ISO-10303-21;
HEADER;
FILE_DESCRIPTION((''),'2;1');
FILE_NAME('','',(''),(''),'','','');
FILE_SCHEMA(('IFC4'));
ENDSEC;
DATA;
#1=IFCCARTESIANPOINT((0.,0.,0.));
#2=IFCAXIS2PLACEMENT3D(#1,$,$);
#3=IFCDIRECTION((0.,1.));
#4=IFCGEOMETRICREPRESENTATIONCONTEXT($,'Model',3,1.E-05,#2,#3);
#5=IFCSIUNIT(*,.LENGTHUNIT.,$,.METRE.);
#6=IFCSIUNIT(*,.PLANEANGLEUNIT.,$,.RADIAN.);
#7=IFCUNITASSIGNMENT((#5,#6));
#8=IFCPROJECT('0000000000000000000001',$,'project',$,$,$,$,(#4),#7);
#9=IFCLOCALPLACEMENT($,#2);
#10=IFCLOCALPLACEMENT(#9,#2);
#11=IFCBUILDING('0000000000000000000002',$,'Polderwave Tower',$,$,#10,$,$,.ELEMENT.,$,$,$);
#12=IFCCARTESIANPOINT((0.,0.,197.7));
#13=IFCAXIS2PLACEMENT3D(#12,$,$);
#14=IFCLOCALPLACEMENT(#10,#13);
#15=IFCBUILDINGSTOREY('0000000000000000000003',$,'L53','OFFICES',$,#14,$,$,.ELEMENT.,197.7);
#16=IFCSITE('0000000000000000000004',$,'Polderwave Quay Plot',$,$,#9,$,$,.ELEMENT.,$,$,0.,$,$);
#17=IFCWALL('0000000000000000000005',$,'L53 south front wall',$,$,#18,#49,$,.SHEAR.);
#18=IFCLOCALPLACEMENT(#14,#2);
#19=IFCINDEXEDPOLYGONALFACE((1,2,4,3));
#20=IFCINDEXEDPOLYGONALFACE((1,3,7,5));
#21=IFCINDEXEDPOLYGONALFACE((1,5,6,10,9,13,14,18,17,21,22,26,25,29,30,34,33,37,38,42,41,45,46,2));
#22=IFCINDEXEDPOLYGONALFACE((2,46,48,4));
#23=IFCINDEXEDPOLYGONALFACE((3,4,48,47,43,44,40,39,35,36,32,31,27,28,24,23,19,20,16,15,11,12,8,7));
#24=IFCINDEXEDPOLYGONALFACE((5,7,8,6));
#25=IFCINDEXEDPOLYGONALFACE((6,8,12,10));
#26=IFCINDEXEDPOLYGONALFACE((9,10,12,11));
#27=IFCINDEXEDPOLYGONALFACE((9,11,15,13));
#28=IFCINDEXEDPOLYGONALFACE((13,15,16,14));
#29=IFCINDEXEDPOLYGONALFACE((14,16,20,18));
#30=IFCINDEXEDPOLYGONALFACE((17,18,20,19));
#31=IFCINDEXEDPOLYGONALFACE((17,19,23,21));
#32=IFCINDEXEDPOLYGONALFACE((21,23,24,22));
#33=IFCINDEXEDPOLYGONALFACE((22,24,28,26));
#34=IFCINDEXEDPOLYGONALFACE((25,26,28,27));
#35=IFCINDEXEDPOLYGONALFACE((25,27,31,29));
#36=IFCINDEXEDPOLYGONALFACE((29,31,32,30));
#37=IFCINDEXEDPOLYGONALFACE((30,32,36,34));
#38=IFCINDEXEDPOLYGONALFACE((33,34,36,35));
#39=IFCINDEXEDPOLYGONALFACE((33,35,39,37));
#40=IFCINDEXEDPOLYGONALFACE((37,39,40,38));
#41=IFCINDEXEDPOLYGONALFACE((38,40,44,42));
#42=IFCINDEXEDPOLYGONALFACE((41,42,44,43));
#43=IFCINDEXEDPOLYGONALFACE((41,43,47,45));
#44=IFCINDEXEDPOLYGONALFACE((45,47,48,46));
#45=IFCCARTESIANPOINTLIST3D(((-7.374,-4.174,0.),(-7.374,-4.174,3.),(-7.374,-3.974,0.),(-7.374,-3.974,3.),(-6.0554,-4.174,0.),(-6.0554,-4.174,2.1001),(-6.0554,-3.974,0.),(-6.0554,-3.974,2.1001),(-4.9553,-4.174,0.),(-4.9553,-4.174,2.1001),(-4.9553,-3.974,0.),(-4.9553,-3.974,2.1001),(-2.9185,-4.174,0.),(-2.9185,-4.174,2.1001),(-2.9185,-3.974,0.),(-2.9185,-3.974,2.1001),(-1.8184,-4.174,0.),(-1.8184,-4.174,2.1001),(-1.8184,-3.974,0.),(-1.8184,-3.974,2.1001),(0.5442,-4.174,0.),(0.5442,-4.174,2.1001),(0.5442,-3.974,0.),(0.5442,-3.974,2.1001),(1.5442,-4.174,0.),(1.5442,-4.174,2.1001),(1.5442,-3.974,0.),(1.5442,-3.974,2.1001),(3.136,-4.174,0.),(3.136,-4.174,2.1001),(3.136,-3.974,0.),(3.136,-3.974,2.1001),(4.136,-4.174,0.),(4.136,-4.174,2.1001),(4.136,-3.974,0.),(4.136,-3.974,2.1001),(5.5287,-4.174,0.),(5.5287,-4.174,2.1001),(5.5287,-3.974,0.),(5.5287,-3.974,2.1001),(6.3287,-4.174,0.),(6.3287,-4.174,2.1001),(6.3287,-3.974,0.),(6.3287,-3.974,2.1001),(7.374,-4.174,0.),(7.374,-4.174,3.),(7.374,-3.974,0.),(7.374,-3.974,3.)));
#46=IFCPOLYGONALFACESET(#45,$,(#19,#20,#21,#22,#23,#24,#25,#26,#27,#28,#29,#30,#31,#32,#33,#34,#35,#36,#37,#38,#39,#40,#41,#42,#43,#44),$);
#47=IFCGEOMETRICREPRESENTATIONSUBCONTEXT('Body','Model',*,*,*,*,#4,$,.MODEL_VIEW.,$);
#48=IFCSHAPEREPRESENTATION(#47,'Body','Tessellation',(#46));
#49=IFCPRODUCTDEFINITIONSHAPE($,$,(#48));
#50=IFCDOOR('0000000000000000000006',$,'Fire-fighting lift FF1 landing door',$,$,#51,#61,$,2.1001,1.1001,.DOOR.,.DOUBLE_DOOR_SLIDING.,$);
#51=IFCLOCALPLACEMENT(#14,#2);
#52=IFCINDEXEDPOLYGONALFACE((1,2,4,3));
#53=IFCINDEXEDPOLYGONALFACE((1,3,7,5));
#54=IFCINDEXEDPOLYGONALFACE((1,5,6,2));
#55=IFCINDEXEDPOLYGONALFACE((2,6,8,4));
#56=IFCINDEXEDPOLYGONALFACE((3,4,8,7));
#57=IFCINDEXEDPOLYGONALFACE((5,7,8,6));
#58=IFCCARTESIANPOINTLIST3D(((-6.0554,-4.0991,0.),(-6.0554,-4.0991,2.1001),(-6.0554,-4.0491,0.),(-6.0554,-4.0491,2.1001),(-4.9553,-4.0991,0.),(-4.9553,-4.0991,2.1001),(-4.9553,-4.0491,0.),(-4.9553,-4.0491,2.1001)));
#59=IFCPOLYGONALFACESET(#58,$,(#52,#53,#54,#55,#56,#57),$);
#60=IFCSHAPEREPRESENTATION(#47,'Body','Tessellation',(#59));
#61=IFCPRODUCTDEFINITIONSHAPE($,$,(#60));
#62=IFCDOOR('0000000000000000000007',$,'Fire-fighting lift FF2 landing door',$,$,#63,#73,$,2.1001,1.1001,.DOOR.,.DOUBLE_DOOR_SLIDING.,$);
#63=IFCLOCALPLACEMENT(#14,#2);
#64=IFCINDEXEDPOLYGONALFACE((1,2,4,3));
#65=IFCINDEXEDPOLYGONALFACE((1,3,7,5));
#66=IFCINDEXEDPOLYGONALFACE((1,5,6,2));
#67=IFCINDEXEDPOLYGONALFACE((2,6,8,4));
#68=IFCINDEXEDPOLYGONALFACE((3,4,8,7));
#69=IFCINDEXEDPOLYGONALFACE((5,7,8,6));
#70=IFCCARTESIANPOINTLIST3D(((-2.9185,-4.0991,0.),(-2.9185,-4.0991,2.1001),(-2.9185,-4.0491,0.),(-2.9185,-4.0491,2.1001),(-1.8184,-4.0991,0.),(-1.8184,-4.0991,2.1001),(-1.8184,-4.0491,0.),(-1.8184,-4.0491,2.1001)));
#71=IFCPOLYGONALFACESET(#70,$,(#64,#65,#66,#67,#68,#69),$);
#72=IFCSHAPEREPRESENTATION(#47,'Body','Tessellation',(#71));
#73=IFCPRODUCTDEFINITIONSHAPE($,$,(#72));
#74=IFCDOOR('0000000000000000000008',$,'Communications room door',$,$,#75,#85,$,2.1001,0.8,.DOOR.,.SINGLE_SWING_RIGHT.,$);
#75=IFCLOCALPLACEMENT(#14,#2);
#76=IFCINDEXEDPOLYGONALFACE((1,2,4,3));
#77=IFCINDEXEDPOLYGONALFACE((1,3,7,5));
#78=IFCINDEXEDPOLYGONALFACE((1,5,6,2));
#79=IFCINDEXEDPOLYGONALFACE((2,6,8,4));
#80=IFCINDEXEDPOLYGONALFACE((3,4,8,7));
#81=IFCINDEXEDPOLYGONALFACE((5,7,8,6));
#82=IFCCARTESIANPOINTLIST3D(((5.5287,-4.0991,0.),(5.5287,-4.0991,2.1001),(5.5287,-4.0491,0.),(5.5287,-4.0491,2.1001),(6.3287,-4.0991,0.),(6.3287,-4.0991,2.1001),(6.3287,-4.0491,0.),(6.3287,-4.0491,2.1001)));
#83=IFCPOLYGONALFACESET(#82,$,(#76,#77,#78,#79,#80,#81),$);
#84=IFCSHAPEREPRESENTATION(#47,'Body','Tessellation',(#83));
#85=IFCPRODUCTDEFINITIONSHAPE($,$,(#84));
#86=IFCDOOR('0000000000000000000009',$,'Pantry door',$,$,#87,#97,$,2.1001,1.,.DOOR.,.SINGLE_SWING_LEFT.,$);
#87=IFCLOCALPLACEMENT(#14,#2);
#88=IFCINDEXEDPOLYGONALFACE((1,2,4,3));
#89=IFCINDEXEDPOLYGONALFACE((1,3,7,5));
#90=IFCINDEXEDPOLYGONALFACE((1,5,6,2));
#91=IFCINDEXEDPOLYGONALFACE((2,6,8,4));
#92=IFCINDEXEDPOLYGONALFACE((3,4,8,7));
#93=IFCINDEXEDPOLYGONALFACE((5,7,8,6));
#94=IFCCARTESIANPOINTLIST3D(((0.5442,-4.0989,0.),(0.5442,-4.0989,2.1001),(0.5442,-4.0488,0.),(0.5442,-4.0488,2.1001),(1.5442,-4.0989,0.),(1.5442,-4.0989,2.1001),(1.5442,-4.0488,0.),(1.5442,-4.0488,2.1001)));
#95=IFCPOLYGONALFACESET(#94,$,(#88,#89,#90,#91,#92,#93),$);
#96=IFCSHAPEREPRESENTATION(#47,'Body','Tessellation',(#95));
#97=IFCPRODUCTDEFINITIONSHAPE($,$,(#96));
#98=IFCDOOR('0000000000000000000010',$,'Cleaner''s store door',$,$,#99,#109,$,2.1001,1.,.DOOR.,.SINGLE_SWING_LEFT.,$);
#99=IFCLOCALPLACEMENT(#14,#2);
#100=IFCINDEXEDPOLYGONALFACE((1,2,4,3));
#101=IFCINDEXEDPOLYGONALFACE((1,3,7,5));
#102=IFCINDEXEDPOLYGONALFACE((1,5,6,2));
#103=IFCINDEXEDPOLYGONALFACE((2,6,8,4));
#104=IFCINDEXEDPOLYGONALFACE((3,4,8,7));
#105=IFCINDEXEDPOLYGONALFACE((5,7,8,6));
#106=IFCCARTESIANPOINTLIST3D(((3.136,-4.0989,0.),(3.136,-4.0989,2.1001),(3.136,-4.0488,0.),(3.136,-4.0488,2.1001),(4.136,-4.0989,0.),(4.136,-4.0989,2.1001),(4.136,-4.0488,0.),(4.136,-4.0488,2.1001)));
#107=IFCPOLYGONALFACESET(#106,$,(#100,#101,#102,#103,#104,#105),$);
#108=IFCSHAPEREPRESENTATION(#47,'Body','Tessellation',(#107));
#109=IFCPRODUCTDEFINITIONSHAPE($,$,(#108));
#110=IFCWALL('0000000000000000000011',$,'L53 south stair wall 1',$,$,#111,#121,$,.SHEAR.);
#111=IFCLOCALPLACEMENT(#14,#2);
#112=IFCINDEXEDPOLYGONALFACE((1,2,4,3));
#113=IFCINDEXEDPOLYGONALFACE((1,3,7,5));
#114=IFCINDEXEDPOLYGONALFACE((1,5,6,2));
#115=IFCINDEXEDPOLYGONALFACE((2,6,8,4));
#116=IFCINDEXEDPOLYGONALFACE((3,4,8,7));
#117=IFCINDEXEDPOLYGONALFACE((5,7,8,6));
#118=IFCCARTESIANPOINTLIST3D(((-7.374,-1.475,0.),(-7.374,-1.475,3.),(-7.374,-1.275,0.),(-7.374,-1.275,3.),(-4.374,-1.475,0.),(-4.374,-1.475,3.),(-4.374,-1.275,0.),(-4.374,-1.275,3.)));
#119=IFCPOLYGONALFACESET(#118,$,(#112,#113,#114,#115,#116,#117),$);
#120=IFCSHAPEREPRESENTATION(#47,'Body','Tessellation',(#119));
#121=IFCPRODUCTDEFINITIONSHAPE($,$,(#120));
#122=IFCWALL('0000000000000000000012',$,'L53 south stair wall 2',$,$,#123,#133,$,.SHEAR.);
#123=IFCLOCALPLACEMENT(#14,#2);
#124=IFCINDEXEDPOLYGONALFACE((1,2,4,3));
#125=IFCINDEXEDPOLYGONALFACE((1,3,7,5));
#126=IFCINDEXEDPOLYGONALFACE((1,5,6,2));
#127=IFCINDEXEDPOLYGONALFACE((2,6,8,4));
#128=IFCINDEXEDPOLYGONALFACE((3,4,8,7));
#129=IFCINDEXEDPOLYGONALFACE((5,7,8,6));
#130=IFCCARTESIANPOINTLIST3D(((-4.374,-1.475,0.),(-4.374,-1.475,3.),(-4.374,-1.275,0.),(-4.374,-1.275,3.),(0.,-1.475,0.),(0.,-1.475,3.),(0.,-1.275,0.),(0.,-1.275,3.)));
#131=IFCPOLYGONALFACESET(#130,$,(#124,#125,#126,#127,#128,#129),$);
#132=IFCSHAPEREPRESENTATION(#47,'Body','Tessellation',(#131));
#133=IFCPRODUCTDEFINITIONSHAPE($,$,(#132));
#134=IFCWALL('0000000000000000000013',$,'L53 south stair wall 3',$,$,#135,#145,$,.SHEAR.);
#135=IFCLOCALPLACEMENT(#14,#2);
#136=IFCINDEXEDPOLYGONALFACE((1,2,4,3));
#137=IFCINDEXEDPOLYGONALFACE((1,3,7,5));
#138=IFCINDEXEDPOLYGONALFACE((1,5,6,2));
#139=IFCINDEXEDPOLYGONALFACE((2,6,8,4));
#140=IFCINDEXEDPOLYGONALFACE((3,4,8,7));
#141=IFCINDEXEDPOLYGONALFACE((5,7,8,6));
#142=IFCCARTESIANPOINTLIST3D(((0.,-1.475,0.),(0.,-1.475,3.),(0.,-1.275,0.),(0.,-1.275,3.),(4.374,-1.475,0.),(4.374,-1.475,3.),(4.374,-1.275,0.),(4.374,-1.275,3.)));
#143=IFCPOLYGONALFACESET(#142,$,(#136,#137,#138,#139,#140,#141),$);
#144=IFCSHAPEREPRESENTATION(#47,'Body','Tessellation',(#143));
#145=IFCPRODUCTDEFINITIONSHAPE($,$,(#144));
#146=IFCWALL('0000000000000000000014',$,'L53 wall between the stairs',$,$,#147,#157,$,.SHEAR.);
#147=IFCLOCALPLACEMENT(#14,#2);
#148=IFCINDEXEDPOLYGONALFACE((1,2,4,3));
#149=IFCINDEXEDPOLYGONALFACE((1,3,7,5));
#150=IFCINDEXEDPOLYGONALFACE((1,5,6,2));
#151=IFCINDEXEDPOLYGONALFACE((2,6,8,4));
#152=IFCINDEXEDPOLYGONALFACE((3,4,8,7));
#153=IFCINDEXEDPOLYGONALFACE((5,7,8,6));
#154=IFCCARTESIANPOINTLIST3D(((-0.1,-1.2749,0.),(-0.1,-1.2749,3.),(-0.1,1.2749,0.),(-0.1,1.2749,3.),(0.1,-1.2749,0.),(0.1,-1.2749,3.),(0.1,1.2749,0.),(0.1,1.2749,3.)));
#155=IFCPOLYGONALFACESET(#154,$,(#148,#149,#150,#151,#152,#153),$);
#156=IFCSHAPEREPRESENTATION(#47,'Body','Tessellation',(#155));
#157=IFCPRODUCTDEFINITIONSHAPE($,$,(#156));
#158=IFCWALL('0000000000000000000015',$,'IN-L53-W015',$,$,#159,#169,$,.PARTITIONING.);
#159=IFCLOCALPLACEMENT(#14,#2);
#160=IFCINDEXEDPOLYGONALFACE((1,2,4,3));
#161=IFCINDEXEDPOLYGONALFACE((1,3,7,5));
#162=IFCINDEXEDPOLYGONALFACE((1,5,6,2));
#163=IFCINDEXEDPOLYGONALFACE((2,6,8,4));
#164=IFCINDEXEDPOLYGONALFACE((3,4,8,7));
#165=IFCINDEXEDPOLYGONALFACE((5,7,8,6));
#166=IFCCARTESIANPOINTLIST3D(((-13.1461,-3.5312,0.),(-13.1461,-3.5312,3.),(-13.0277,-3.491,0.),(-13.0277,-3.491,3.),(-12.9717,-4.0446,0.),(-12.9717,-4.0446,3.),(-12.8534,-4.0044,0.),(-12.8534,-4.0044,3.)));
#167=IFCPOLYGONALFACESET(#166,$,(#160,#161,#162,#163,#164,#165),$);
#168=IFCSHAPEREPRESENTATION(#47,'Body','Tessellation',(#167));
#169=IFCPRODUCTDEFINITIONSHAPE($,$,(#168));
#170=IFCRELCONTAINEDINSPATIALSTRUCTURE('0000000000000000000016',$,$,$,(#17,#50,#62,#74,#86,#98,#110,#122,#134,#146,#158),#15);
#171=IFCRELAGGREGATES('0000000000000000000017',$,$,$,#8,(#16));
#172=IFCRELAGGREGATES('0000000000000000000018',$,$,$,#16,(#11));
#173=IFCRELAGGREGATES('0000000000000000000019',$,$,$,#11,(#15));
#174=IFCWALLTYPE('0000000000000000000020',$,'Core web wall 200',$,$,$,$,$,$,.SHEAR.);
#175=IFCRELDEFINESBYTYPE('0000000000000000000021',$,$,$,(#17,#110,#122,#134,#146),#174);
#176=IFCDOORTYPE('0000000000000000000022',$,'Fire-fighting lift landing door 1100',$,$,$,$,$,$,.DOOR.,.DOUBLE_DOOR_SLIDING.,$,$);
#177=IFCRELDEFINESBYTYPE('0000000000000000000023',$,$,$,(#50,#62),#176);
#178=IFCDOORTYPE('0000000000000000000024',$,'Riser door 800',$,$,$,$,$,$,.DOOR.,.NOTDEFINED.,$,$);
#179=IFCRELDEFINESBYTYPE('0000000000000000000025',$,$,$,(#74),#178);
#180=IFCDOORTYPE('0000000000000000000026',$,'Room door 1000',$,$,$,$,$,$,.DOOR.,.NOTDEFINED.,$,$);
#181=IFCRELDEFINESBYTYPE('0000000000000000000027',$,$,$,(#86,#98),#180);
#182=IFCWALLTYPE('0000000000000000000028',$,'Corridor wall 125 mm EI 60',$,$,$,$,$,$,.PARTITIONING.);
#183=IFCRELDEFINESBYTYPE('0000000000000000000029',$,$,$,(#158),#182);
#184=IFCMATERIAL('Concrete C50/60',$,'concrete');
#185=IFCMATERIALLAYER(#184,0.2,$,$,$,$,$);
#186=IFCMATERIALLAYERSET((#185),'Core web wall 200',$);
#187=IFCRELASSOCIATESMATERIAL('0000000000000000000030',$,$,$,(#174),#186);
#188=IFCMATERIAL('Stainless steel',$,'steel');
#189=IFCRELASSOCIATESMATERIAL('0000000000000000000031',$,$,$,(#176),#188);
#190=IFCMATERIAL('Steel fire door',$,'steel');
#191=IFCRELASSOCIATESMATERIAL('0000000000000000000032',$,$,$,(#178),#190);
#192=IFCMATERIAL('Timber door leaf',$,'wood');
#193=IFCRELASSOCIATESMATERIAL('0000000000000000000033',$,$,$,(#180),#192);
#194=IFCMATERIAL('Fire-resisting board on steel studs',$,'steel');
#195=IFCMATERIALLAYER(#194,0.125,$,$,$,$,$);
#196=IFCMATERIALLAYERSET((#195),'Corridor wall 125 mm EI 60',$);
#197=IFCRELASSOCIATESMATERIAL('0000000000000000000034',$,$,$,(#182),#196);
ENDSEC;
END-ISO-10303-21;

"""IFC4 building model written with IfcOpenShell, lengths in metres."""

from ifc_helpers import new_model, si_unit, direction, frame, frame_2d, origin, place, context, subcontext, project, spatial, rectangle, extrude, material, layer, layer_set, type_object, element, fill, save


model = new_model("IFC4")

# Units and contexts
model_context = context("Model", 3, precision=1e-05, world=origin(), true_north=direction((0.0, 1.0)))
body_context = subcontext(model_context, "Body", "Model", "MODEL_VIEW")
ifc_project = project(units=[si_unit("LENGTHUNIT", "METRE"), si_unit("PLANEANGLEUNIT", "RADIAN")], contexts=[model_context])

# Site, building, storey
site_placement = place(None, origin())
site = spatial("IfcSite", under=ifc_project, at=site_placement, Name="Polderwave Quay Plot", CompositionType="ELEMENT", RefElevation=0.0)
building_placement = place(site_placement, origin())
building = spatial("IfcBuilding", under=site, at=building_placement, Name="Polderwave Tower", CompositionType="ELEMENT")
storey_placement = place(building_placement, frame((0.0, 0.0, 197.7)))
storey = spatial("IfcBuildingStorey", under=building, at=storey_placement, Name="L53", Description="OFFICES", CompositionType="ELEMENT", Elevation=197.7)

# Shared definitions
ifc_material_1 = material(Name="Steel fire door", Category="steel")

# Wall, openings, doors
ifc_material_2 = material(Name="Concrete C50/60", Category="concrete")
ifc_layer_1 = layer(ifc_material_2, 0.2)
ifc_layer_set_1 = layer_set([ifc_layer_1], Name="Core web wall 200")
wall_type_1 = type_object("IfcWallType", Name="Core web wall 200", PredefinedType="SHEAR", material=ifc_layer_set_1)
wall_1_placement = place(storey_placement, frame((-7.374, -4.074, 0.0), z_axis=(0.0, 0.0, 1.0), x_axis=(1.0, 0.0, 0.0)))
wall_1 = element("IfcWall", 1, at=wall_1_placement, inside=storey, type_object=wall_type_1, Name="L53 south front wall", PredefinedType="SHEAR", context=body_context, shape_type="SweptSolid", body=[
    extrude(rectangle(XDim=14.748, YDim=0.2, at=frame_2d((7.374, 0.0))), origin(), (0.0, 0.0, 1.0), 3.0),
])
opening_1_placement = place(wall_1_placement, frame((1.3186, 0.0, 0.0)))
opening_1 = element("IfcOpeningElement", 2, at=opening_1_placement, cuts=wall_1, PredefinedType="OPENING", context=body_context, shape_type="SweptSolid", body=[
    extrude(rectangle(XDim=1.1001, YDim=2.1001, at=frame_2d((0.55, 1.05))), frame((0.0, 0.1099, 0.0), z_axis=(0.0, -1.0, 0.0), x_axis=(1.0, 0.0, 0.0)), (0.0, 0.0, 1.0), 0.22),
])
opening_2_placement = place(wall_1_placement, frame((4.4556, 0.0, 0.0)))
opening_2 = element("IfcOpeningElement", 3, at=opening_2_placement, cuts=wall_1, PredefinedType="OPENING", context=body_context, shape_type="SweptSolid", body=[
    extrude(rectangle(XDim=1.1001, YDim=2.1001, at=frame_2d((0.55, 1.05))), frame((0.0, 0.1099, 0.0), z_axis=(0.0, -1.0, 0.0), x_axis=(1.0, 0.0, 0.0)), (0.0, 0.0, 1.0), 0.22),
])
opening_3_placement = place(wall_1_placement, frame((7.9182, 0.0, 0.0)))
opening_3 = element("IfcOpeningElement", 4, at=opening_3_placement, cuts=wall_1, PredefinedType="OPENING", context=body_context, shape_type="SweptSolid", body=[
    extrude(rectangle(XDim=1.0, YDim=2.1001, at=frame_2d((0.5, 1.05))), frame((0.0, 0.1099, 0.0), z_axis=(0.0, -1.0, 0.0), x_axis=(1.0, 0.0, 0.0)), (0.0, 0.0, 1.0), 0.22),
])
opening_4_placement = place(wall_1_placement, frame((10.51, 0.0, 0.0)))
opening_4 = element("IfcOpeningElement", 5, at=opening_4_placement, cuts=wall_1, PredefinedType="OPENING", context=body_context, shape_type="SweptSolid", body=[
    extrude(rectangle(XDim=1.0, YDim=2.1001, at=frame_2d((0.5, 1.05))), frame((0.0, 0.1099, 0.0), z_axis=(0.0, -1.0, 0.0), x_axis=(1.0, 0.0, 0.0)), (0.0, 0.0, 1.0), 0.22),
])
opening_5_placement = place(wall_1_placement, frame((12.9028, 0.0, 0.0)))
opening_5 = element("IfcOpeningElement", 6, at=opening_5_placement, cuts=wall_1, PredefinedType="OPENING", context=body_context, shape_type="SweptSolid", body=[
    extrude(rectangle(XDim=0.8, YDim=2.1001, at=frame_2d((0.3999, 1.05))), frame((0.0, 0.1099, 0.0), z_axis=(0.0, -1.0, 0.0), x_axis=(1.0, 0.0, 0.0)), (0.0, 0.0, 1.0), 0.22),
])
ifc_material_3 = material(Name="Stainless steel", Category="steel")
door_type_1 = type_object("IfcDoorType", Name="Fire-fighting lift landing door 1100", OperationType="DOUBLE_DOOR_SLIDING", PredefinedType="DOOR", material=ifc_material_3)
door_1_placement = place(opening_1_placement, origin())
door_1 = element("IfcDoor", 7, at=door_1_placement, inside=storey, type_object=door_type_1, Name="Fire-fighting lift FF1 landing door", OperationType="DOUBLE_DOOR_SLIDING", OverallHeight=2.1001, OverallWidth=1.1001, PredefinedType="DOOR", context=body_context, shape_type="SweptSolid", body=[
    extrude(rectangle(XDim=1.1001, YDim=2.1001, at=frame_2d((0.55, 1.05))), frame((0.0, 0.0249, 0.0), z_axis=(0.0, -1.0, 0.0), x_axis=(1.0, 0.0, 0.0)), (0.0, 0.0, 1.0), 0.05),
])
fill(opening_1, door_1)
door_2_placement = place(opening_2_placement, origin())
door_2 = element("IfcDoor", 8, at=door_2_placement, inside=storey, type_object=door_type_1, Name="Fire-fighting lift FF2 landing door", OperationType="DOUBLE_DOOR_SLIDING", OverallHeight=2.1001, OverallWidth=1.1001, PredefinedType="DOOR", context=body_context, shape_type="SweptSolid", body=[
    extrude(rectangle(XDim=1.1001, YDim=2.1001, at=frame_2d((0.55, 1.05))), frame((0.0, 0.0249, 0.0), z_axis=(0.0, -1.0, 0.0), x_axis=(1.0, 0.0, 0.0)), (0.0, 0.0, 1.0), 0.05),
])
fill(opening_2, door_2)
door_type_2 = type_object("IfcDoorType", Name="Riser door 800", OperationType="NOTDEFINED", PredefinedType="DOOR", material=ifc_material_1)
door_3_placement = place(opening_5_placement, origin())
door_3 = element("IfcDoor", 9, at=door_3_placement, inside=storey, type_object=door_type_2, Name="Communications room door", OperationType="SINGLE_SWING_RIGHT", OverallHeight=2.1001, OverallWidth=0.8, PredefinedType="DOOR", context=body_context, shape_type="SweptSolid", body=[
    extrude(rectangle(XDim=0.8, YDim=2.1001, at=frame_2d((0.3999, 1.05))), frame((0.0, 0.0249, 0.0), z_axis=(0.0, -1.0, 0.0), x_axis=(1.0, 0.0, 0.0)), (0.0, 0.0, 1.0), 0.05),
])
fill(opening_5, door_3)
ifc_material_4 = material(Name="Timber door leaf", Category="wood")
door_type_3 = type_object("IfcDoorType", Name="Room door 1000", OperationType="NOTDEFINED", PredefinedType="DOOR", material=ifc_material_4)
door_4_placement = place(opening_3_placement, frame((1.0, 0.0, 0.0), z_axis=(0.0, 0.0, 1.0), x_axis=(-1.0, 0.0, 0.0)))
door_4 = element("IfcDoor", 10, at=door_4_placement, inside=storey, type_object=door_type_3, Name="Pantry door", OperationType="SINGLE_SWING_LEFT", OverallHeight=2.1001, OverallWidth=1.0, PredefinedType="DOOR", context=body_context, shape_type="SweptSolid", body=[
    extrude(rectangle(XDim=1.0, YDim=2.1001, at=frame_2d((0.5, 1.05))), frame((0.0, 0.0249, 0.0), z_axis=(0.0, -1.0, 0.0), x_axis=(1.0, 0.0, 0.0)), (0.0, 0.0, 1.0), 0.05),
])
fill(opening_3, door_4)
door_5_placement = place(opening_4_placement, frame((1.0, 0.0, 0.0), z_axis=(0.0, 0.0, 1.0), x_axis=(-1.0, 0.0, 0.0)))
door_5 = element("IfcDoor", 11, at=door_5_placement, inside=storey, type_object=door_type_3, Name="Cleaner's store door", OperationType="SINGLE_SWING_LEFT", OverallHeight=2.1001, OverallWidth=1.0, PredefinedType="DOOR", context=body_context, shape_type="SweptSolid", body=[
    extrude(rectangle(XDim=1.0, YDim=2.1001, at=frame_2d((0.5, 1.05))), frame((0.0, 0.0249, 0.0), z_axis=(0.0, -1.0, 0.0), x_axis=(1.0, 0.0, 0.0)), (0.0, 0.0, 1.0), 0.05),
])
fill(opening_4, door_5)

# Walls
wall_2_placement = place(storey_placement, frame((-7.374, -1.375, 0.0), z_axis=(0.0, 0.0, 1.0), x_axis=(1.0, 0.0, 0.0)))
element("IfcWall", 12, at=wall_2_placement, inside=storey, type_object=wall_type_1, Name="L53 south stair wall 1", PredefinedType="SHEAR", context=body_context, shape_type="SweptSolid", body=[
    extrude(rectangle(XDim=3.0, YDim=0.2, at=frame_2d((1.5, 0.0))), origin(), (0.0, 0.0, 1.0), 3.0),
])
for number, where, z_axis, x_axis, name in (
    (13, (-4.374, -1.375, 0.0), (0.0, 0.0, 1.0), (1.0, 0.0, 0.0), "L53 south stair wall 2"),
    (14, (0.0, -1.375, 0.0), (0.0, 0.0, 1.0), (1.0, 0.0, 0.0), "L53 south stair wall 3"),
):
    element("IfcWall", number, at=place(storey_placement, frame(where, z_axis=z_axis, x_axis=x_axis)), inside=storey, type_object=wall_type_1, Name=name, PredefinedType="SHEAR", context=body_context, shape_type="SweptSolid", body=[
        extrude(rectangle(XDim=4.374, YDim=0.2, at=frame_2d((2.187, 0.0))), origin(), (0.0, 0.0, 1.0), 3.0),
    ])
wall_3_placement = place(storey_placement, frame((0.0, -1.2749, 0.0), z_axis=(0.0, 0.0, 1.0), x_axis=(0.0, 1.0, 0.0)))
element("IfcWall", 15, at=wall_3_placement, inside=storey, type_object=wall_type_1, Name="L53 wall between the stairs", PredefinedType="SHEAR", context=body_context, shape_type="SweptSolid", body=[
    extrude(rectangle(XDim=2.5498, YDim=0.2, at=frame_2d((1.2749, 0.0))), origin(), (0.0, 0.0, 1.0), 3.0),
])
ifc_material_5 = material(Name="Fire-resisting board on steel studs", Category="steel")
ifc_layer_2 = layer(ifc_material_5, 0.125)
ifc_layer_set_2 = layer_set([ifc_layer_2], Name="Corridor wall 125 mm EI 60")
wall_type_2 = type_object("IfcWallType", Name="Corridor wall 125 mm EI 60", PredefinedType="PARTITIONING", material=ifc_layer_set_2)
wall_4_placement = place(storey_placement, frame((-12.9126, -4.0244, 0.0), z_axis=(0.0, 0.0, 1.0), x_axis=(-0.321491, 0.946913, 0.0)))
element("IfcWall", 16, at=wall_4_placement, inside=storey, type_object=wall_type_2, Name="IN-L53-W015", PredefinedType="PARTITIONING", context=body_context, shape_type="SweptSolid", body=[
    extrude(rectangle(XDim=0.5422, YDim=0.125, at=frame_2d((0.271, 0.0))), origin(), (0.0, 0.0, 1.0), 3.0),
])

save(model, "model.ifc")
